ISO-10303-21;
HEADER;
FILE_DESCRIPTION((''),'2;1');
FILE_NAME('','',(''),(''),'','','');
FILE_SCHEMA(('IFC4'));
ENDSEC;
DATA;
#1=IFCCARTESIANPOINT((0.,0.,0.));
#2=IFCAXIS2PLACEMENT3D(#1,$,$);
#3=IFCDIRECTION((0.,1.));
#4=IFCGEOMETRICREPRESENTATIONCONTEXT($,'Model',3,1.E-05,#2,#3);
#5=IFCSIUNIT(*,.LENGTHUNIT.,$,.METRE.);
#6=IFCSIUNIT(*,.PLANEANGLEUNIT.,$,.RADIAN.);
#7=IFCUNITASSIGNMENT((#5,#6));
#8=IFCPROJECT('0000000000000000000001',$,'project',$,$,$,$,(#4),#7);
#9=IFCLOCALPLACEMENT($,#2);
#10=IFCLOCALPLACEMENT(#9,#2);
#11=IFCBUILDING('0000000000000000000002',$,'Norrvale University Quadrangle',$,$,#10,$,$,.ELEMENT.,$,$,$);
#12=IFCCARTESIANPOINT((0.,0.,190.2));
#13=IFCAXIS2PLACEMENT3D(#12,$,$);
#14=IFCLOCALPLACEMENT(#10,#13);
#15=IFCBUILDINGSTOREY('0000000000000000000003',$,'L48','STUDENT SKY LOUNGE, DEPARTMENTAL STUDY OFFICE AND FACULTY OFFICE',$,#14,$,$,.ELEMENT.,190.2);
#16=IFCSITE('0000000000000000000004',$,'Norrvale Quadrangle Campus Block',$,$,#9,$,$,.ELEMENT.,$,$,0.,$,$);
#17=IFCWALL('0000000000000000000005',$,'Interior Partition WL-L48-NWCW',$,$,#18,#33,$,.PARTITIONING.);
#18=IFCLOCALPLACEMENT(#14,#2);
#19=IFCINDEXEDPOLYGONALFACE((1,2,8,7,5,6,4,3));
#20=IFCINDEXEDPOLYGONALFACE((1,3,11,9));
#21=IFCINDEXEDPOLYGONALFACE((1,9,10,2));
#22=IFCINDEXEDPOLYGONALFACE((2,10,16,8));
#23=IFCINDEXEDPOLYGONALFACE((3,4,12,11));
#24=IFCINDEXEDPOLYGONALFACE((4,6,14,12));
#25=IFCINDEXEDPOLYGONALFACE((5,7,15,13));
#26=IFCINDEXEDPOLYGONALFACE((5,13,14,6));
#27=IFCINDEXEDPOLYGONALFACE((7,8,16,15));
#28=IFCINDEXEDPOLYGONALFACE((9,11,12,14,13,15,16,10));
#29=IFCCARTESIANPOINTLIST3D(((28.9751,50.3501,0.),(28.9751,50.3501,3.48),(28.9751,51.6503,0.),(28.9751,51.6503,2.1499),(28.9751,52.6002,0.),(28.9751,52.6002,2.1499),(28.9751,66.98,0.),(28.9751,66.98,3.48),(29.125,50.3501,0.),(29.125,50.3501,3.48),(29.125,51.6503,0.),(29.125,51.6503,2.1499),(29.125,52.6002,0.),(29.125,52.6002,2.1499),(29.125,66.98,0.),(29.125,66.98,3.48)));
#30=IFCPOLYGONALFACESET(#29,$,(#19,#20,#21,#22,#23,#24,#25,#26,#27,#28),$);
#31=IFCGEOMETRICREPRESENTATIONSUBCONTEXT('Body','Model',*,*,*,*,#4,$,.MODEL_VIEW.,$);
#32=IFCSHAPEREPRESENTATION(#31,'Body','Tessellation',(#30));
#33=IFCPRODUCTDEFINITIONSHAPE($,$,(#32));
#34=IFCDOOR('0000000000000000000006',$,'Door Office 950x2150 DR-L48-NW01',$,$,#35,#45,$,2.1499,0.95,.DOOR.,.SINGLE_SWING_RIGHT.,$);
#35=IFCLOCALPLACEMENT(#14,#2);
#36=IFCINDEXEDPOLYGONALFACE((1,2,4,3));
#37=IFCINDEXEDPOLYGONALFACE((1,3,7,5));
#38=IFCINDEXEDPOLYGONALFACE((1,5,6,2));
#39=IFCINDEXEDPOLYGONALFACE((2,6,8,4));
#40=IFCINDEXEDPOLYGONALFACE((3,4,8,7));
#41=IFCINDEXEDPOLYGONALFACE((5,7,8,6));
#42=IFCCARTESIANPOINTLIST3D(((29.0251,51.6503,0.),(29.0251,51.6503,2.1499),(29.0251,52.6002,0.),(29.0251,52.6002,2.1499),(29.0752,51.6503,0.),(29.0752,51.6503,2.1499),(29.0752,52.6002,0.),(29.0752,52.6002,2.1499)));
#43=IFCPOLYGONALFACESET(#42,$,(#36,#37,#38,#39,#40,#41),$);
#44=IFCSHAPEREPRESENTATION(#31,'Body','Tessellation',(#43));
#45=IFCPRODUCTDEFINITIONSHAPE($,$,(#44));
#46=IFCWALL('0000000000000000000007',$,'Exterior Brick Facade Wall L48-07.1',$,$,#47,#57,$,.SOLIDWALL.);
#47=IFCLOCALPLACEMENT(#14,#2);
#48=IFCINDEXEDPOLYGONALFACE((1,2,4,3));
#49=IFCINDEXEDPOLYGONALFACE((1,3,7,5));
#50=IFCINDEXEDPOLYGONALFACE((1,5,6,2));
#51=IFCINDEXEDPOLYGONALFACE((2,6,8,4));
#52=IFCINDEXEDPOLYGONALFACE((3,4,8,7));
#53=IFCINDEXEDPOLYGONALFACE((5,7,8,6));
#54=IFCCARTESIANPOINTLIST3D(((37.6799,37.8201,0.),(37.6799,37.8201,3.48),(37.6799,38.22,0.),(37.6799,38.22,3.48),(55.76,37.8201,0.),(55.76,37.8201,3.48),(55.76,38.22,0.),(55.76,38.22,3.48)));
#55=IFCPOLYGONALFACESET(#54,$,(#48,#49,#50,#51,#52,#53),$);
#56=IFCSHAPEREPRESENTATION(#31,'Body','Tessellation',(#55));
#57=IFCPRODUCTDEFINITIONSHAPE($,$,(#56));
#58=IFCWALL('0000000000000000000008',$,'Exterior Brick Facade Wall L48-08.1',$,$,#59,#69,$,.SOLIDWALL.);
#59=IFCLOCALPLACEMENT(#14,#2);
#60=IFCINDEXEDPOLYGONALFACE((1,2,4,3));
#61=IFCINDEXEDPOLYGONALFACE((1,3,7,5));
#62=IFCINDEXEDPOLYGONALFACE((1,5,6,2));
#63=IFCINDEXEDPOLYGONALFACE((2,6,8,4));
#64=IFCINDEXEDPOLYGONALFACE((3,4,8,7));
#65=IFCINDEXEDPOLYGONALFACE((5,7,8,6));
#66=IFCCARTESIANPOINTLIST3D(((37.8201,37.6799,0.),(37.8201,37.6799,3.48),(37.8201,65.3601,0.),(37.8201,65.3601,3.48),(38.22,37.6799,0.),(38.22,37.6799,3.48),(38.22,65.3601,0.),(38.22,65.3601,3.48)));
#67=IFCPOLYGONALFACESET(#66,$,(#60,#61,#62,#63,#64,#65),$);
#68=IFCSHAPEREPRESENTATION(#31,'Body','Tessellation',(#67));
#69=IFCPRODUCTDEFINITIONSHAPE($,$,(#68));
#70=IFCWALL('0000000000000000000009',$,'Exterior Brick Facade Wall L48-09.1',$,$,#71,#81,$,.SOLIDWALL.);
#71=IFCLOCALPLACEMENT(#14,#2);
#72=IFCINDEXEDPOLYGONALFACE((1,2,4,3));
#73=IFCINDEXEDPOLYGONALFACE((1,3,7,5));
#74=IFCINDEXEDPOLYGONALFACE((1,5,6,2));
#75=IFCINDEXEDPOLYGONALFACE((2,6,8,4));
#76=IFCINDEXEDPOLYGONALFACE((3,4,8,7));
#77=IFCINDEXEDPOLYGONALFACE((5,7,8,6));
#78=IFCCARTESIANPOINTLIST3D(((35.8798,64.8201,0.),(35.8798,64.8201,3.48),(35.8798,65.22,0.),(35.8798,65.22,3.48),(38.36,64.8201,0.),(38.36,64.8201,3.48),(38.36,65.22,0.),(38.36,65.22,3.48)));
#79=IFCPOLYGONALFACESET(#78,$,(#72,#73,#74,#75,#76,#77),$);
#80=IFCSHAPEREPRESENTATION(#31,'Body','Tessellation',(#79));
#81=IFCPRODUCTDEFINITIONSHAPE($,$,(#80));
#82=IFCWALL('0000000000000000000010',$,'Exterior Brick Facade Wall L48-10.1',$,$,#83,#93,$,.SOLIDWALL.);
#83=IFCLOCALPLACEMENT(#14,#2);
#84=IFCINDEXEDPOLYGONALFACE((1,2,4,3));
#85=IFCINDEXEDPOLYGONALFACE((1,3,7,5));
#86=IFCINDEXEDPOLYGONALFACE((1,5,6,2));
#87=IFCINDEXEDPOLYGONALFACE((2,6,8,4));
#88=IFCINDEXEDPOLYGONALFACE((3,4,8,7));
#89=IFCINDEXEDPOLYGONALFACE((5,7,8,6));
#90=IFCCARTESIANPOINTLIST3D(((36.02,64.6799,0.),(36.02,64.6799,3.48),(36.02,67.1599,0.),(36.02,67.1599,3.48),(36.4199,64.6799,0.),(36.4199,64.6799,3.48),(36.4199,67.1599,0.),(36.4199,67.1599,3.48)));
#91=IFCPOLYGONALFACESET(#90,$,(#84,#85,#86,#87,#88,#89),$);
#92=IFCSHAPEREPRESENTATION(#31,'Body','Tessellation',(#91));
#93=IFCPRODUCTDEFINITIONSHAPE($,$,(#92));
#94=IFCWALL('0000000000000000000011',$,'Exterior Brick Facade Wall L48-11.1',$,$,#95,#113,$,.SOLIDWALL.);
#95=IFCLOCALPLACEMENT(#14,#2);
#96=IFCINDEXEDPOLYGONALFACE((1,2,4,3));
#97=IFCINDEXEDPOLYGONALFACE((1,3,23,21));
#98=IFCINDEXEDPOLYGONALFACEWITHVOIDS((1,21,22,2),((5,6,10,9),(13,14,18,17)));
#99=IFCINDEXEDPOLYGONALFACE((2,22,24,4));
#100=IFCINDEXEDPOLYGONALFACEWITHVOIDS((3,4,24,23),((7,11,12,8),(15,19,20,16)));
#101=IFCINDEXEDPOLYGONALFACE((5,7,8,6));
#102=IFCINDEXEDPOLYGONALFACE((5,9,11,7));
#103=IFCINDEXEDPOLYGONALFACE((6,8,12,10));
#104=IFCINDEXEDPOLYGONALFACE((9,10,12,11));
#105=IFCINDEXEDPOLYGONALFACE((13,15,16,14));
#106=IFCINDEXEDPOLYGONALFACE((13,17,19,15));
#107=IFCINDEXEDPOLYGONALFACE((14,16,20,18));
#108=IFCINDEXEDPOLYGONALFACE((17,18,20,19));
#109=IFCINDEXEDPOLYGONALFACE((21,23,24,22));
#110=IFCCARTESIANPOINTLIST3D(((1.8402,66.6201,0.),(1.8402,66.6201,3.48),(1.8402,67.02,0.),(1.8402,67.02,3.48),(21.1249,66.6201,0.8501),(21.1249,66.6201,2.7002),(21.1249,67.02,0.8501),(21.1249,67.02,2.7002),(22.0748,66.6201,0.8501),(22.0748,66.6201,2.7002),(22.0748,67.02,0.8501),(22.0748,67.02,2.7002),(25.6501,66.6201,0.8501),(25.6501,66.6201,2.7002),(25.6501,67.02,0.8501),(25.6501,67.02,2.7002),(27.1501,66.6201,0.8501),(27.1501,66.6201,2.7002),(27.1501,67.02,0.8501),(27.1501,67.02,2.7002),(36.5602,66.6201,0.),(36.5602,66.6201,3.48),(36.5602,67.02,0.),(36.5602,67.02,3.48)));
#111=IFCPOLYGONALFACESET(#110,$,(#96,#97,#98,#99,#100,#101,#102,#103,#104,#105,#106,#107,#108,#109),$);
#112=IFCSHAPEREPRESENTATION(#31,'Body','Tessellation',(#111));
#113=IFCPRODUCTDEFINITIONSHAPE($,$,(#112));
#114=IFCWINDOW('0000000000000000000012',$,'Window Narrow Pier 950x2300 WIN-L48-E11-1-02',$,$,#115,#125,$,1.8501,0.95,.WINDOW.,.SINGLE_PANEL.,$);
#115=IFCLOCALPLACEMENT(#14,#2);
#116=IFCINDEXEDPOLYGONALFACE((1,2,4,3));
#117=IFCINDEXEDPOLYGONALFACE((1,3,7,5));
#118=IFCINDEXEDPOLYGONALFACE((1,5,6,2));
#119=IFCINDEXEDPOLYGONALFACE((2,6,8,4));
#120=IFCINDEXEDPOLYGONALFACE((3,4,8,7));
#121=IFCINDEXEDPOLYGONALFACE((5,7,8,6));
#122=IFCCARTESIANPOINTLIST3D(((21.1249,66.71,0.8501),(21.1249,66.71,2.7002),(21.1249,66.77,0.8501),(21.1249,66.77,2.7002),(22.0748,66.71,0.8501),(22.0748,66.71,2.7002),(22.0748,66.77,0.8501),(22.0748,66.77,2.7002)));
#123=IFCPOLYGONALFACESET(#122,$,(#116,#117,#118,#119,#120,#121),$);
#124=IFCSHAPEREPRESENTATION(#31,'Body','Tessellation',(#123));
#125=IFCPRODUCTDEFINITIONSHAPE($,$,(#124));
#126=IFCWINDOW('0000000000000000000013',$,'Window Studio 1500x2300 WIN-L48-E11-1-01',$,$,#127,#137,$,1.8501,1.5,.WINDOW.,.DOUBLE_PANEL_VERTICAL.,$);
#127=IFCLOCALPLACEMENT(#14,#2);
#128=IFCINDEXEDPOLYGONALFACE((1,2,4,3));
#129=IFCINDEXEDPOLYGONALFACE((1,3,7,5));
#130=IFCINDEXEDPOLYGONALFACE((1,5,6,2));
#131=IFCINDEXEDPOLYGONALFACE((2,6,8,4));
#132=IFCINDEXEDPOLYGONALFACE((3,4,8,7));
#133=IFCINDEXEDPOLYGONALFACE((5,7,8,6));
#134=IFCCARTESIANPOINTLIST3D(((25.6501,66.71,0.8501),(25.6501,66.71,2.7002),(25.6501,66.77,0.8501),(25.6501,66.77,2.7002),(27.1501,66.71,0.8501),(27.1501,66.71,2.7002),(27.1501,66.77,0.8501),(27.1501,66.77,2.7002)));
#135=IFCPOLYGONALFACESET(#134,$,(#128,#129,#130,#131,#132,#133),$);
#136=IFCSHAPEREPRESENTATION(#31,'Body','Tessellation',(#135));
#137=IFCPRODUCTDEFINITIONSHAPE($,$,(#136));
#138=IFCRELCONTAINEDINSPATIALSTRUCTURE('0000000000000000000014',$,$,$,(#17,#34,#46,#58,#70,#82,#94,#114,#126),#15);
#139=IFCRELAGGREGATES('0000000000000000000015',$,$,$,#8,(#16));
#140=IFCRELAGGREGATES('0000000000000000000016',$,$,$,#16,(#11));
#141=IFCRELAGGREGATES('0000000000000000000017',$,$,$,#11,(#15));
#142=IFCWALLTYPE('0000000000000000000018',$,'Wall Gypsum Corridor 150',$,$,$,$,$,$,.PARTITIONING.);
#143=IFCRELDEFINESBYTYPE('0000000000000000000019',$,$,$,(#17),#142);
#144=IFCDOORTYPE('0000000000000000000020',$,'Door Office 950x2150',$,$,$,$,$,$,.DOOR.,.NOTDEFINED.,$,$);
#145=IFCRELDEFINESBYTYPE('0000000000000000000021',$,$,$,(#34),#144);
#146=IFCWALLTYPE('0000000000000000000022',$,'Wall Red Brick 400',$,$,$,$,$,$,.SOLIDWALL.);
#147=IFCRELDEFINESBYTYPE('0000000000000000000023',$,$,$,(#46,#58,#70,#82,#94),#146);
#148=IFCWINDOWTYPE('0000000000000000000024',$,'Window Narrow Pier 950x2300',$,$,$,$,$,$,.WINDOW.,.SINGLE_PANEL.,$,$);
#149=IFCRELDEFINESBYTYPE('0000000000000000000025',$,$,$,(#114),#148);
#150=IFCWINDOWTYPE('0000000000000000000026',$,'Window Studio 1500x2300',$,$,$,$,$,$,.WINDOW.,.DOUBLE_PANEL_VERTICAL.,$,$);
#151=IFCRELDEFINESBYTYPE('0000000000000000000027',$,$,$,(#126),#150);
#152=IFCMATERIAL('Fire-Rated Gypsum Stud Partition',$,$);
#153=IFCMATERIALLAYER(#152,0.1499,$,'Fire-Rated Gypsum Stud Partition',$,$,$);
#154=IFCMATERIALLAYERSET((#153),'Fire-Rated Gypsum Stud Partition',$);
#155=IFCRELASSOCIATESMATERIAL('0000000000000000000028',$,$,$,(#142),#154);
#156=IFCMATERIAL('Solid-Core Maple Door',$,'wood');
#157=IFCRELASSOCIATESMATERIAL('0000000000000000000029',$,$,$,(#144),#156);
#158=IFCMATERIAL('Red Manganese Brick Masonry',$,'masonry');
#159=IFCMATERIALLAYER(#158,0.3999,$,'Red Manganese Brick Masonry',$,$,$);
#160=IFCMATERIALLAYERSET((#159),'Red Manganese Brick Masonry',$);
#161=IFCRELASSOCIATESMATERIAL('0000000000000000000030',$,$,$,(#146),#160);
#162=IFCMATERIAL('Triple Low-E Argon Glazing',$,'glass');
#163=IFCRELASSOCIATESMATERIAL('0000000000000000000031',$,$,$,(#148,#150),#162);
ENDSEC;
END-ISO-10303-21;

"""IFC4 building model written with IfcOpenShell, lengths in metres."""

from ifc_helpers import new_model, si_unit, direction, frame, frame_2d, origin, place, context, subcontext, project, spatial, rectangle, extrude, material, layer, layer_set, type_object, element, fill, save


model = new_model("IFC4")

# Units and contexts
model_context = context("Model", 3, precision=1e-05, world=origin(), true_north=direction((0.0, 1.0)))
body_context = subcontext(model_context, "Body", "Model", "MODEL_VIEW")
ifc_project = project(units=[si_unit("LENGTHUNIT", "METRE"), si_unit("PLANEANGLEUNIT", "RADIAN")], contexts=[model_context])

# Site, building, storey
site_placement = place(None, origin())
site = spatial("IfcSite", under=ifc_project, at=site_placement, Name="Norrvale Quadrangle Campus Block", CompositionType="ELEMENT", RefElevation=0.0)
building_placement = place(site_placement, origin())
building = spatial("IfcBuilding", under=site, at=building_placement, Name="Norrvale University Quadrangle", CompositionType="ELEMENT")
storey_placement = place(building_placement, frame((0.0, 0.0, 190.2)))
storey = spatial("IfcBuildingStorey", under=building, at=storey_placement, Name="L48", Description="STUDENT SKY LOUNGE, DEPARTMENTAL STUDY OFFICE AND FACULTY OFFICE", CompositionType="ELEMENT", Elevation=190.2)

# Shared definitions
ifc_material_1 = material(Name="Fire-Rated Gypsum Stud Partition")
ifc_layer_1 = layer(ifc_material_1, 0.1499, Name="Fire-Rated Gypsum Stud Partition")
ifc_layer_set_1 = layer_set([ifc_layer_1], Name="Fire-Rated Gypsum Stud Partition")
wall_type_1 = type_object("IfcWallType", Name="Wall Gypsum Corridor 150", PredefinedType="PARTITIONING", material=ifc_layer_set_1)

# Wall, opening, door
wall_1_placement = place(storey_placement, frame((29.05, 50.3501, 0.0), z_axis=(0.0, 0.0, 1.0), x_axis=(0.0, 1.0, 0.0)))
wall_1 = element("IfcWall", 1, at=wall_1_placement, inside=storey, type_object=wall_type_1, Name="Interior Partition WL-L48-NWCW", PredefinedType="PARTITIONING", context=body_context, shape_type="SweptSolid", body=[
    extrude(rectangle(XDim=16.6299, YDim=0.1499, at=frame_2d((8.3149, 0.0))), origin(), (0.0, 0.0, 1.0), 3.48),
])
opening_1_placement = place(wall_1_placement, frame((1.3, 0.0, 0.0)))
opening_1 = element("IfcOpeningElement", 2, at=opening_1_placement, cuts=wall_1, PredefinedType="OPENING", context=body_context, shape_type="SweptSolid", body=[
    extrude(rectangle(XDim=0.95, YDim=2.1499, at=frame_2d((0.4751, 1.075))), frame((0.0, 0.0869, 0.0), z_axis=(0.0, -1.0, 0.0), x_axis=(1.0, 0.0, 0.0)), (0.0, 0.0, 1.0), 0.1738),
])
ifc_material_2 = material(Name="Solid-Core Maple Door", Category="wood")
door_type_1 = type_object("IfcDoorType", Name="Door Office 950x2150", OperationType="NOTDEFINED", PredefinedType="DOOR", material=ifc_material_2)
door_1_placement = place(opening_1_placement, origin())
door_1 = element("IfcDoor", 3, at=door_1_placement, inside=storey, type_object=door_type_1, Name="Door Office 950x2150 DR-L48-NW01", OperationType="SINGLE_SWING_RIGHT", OverallHeight=2.1499, OverallWidth=0.95, PredefinedType="DOOR", context=body_context, shape_type="SweptSolid", body=[
    extrude(rectangle(XDim=0.95, YDim=2.1499, at=frame_2d((0.4751, 1.075))), frame((0.0, 0.0249, 0.0), z_axis=(0.0, -1.0, 0.0), x_axis=(1.0, 0.0, 0.0)), (0.0, 0.0, 1.0), 0.05),
])
fill(opening_1, door_1)

# Walls
ifc_material_3 = material(Name="Red Manganese Brick Masonry", Category="masonry")
ifc_layer_2 = layer(ifc_material_3, 0.3999, Name="Red Manganese Brick Masonry")
ifc_layer_set_2 = layer_set([ifc_layer_2], Name="Red Manganese Brick Masonry")
wall_type_2 = type_object("IfcWallType", Name="Wall Red Brick 400", PredefinedType="SOLIDWALL", material=ifc_layer_set_2)
wall_2_placement = place(storey_placement, frame((55.76, 38.02, 0.0), z_axis=(0.0, 0.0, 1.0), x_axis=(-1.0, 0.0, 0.0)))
element("IfcWall", 4, at=wall_2_placement, inside=storey, type_object=wall_type_2, Name="Exterior Brick Facade Wall L48-07.1", PredefinedType="SOLIDWALL", context=body_context, shape_type="SweptSolid", body=[
    extrude(rectangle(XDim=18.0801, YDim=0.3999, at=frame_2d((9.04, 0.0))), origin(), (0.0, 0.0, 1.0), 3.48),
])
wall_3_placement = place(storey_placement, frame((38.02, 37.6799, 0.0), z_axis=(0.0, 0.0, 1.0), x_axis=(0.0, 1.0, 0.0)))
element("IfcWall", 5, at=wall_3_placement, inside=storey, type_object=wall_type_2, Name="Exterior Brick Facade Wall L48-08.1", PredefinedType="SOLIDWALL", context=body_context, shape_type="SweptSolid", body=[
    extrude(rectangle(XDim=27.6802, YDim=0.3999, at=frame_2d((13.8401, 0.0))), origin(), (0.0, 0.0, 1.0), 3.48),
])
wall_4_placement = place(storey_placement, frame((38.3601, 65.02, 0.0), z_axis=(0.0, 0.0, 1.0), x_axis=(-1.0, 0.0, 0.0)))
element("IfcWall", 6, at=wall_4_placement, inside=storey, type_object=wall_type_2, Name="Exterior Brick Facade Wall L48-09.1", PredefinedType="SOLIDWALL", context=body_context, shape_type="SweptSolid", body=[
    extrude(rectangle(XDim=2.4802, YDim=0.3999, at=frame_2d((1.2402, 0.0))), origin(), (0.0, 0.0, 1.0), 3.48),
])
wall_5_placement = place(storey_placement, frame((36.22, 64.6799, 0.0), z_axis=(0.0, 0.0, 1.0), x_axis=(0.0, 1.0, 0.0)))
element("IfcWall", 7, at=wall_5_placement, inside=storey, type_object=wall_type_2, Name="Exterior Brick Facade Wall L48-10.1", PredefinedType="SOLIDWALL", context=body_context, shape_type="SweptSolid", body=[
    extrude(rectangle(XDim=2.48, YDim=0.3999, at=frame_2d((1.24, 0.0))), origin(), (0.0, 0.0, 1.0), 3.48),
])

# Wall, openings, windows
wall_6_placement = place(storey_placement, frame((36.5601, 66.8201, 0.0), z_axis=(0.0, 0.0, 1.0), x_axis=(-1.0, 0.0, 0.0)))
wall_6 = element("IfcWall", 8, at=wall_6_placement, inside=storey, type_object=wall_type_2, Name="Exterior Brick Facade Wall L48-11.1", PredefinedType="SOLIDWALL", context=body_context, shape_type="SweptSolid", body=[
    extrude(rectangle(XDim=34.72, YDim=0.3999, at=frame_2d((17.3599, 0.0))), origin(), (0.0, 0.0, 1.0), 3.48),
])
opening_2_placement = place(wall_6_placement, frame((9.4099, 0.0, 0.8501)))
opening_2 = element("IfcOpeningElement", 9, at=opening_2_placement, cuts=wall_6, PredefinedType="OPENING", context=body_context, shape_type="SweptSolid", body=[
    extrude(rectangle(XDim=1.5, YDim=1.8501, at=frame_2d((0.75, 0.925))), frame((0.0, 0.2119, 0.0), z_axis=(0.0, -1.0, 0.0), x_axis=(1.0, 0.0, 0.0)), (0.0, 0.0, 1.0), 0.4238),
])
opening_3_placement = place(wall_6_placement, frame((14.4851, 0.0, 0.8501)))
opening_3 = element("IfcOpeningElement", 10, at=opening_3_placement, cuts=wall_6, PredefinedType="OPENING", context=body_context, shape_type="SweptSolid", body=[
    extrude(rectangle(XDim=0.95, YDim=1.8501, at=frame_2d((0.4751, 0.925))), frame((0.0, 0.2119, 0.0), z_axis=(0.0, -1.0, 0.0), x_axis=(1.0, 0.0, 0.0)), (0.0, 0.0, 1.0), 0.4238),
])
ifc_material_4 = material(Name="Triple Low-E Argon Glazing", Category="glass")
window_type_1 = type_object("IfcWindowType", Name="Window Narrow Pier 950x2300", PartitioningType="SINGLE_PANEL", PredefinedType="WINDOW", material=ifc_material_4)
window_1_placement = place(opening_3_placement, origin())
window_1 = element("IfcWindow", 11, at=window_1_placement, inside=storey, type_object=window_type_1, Name="Window Narrow Pier 950x2300 WIN-L48-E11-1-02", OverallHeight=1.8501, OverallWidth=0.95, PartitioningType="SINGLE_PANEL", PredefinedType="WINDOW", context=body_context, shape_type="SweptSolid", body=[
    extrude(rectangle(XDim=0.95, YDim=1.8501, at=frame_2d((0.4751, 0.925))), frame((0.0, 0.1101, 0.0), z_axis=(0.0, -1.0, 0.0), x_axis=(1.0, 0.0, 0.0)), (0.0, 0.0, 1.0), 0.0601),
])
fill(opening_3, window_1)
window_type_2 = type_object("IfcWindowType", Name="Window Studio 1500x2300", PartitioningType="DOUBLE_PANEL_VERTICAL", PredefinedType="WINDOW", material=ifc_material_4)
window_2_placement = place(opening_2_placement, origin())
window_2 = element("IfcWindow", 12, at=window_2_placement, inside=storey, type_object=window_type_2, Name="Window Studio 1500x2300 WIN-L48-E11-1-01", OverallHeight=1.8501, OverallWidth=1.5, PartitioningType="DOUBLE_PANEL_VERTICAL", PredefinedType="WINDOW", context=body_context, shape_type="SweptSolid", body=[
    extrude(rectangle(XDim=1.5, YDim=1.8501, at=frame_2d((0.75, 0.925))), frame((0.0, 0.1101, 0.0), z_axis=(0.0, -1.0, 0.0), x_axis=(1.0, 0.0, 0.0)), (0.0, 0.0, 1.0), 0.0601),
])
fill(opening_2, window_2)

save(model, "model.ifc")
